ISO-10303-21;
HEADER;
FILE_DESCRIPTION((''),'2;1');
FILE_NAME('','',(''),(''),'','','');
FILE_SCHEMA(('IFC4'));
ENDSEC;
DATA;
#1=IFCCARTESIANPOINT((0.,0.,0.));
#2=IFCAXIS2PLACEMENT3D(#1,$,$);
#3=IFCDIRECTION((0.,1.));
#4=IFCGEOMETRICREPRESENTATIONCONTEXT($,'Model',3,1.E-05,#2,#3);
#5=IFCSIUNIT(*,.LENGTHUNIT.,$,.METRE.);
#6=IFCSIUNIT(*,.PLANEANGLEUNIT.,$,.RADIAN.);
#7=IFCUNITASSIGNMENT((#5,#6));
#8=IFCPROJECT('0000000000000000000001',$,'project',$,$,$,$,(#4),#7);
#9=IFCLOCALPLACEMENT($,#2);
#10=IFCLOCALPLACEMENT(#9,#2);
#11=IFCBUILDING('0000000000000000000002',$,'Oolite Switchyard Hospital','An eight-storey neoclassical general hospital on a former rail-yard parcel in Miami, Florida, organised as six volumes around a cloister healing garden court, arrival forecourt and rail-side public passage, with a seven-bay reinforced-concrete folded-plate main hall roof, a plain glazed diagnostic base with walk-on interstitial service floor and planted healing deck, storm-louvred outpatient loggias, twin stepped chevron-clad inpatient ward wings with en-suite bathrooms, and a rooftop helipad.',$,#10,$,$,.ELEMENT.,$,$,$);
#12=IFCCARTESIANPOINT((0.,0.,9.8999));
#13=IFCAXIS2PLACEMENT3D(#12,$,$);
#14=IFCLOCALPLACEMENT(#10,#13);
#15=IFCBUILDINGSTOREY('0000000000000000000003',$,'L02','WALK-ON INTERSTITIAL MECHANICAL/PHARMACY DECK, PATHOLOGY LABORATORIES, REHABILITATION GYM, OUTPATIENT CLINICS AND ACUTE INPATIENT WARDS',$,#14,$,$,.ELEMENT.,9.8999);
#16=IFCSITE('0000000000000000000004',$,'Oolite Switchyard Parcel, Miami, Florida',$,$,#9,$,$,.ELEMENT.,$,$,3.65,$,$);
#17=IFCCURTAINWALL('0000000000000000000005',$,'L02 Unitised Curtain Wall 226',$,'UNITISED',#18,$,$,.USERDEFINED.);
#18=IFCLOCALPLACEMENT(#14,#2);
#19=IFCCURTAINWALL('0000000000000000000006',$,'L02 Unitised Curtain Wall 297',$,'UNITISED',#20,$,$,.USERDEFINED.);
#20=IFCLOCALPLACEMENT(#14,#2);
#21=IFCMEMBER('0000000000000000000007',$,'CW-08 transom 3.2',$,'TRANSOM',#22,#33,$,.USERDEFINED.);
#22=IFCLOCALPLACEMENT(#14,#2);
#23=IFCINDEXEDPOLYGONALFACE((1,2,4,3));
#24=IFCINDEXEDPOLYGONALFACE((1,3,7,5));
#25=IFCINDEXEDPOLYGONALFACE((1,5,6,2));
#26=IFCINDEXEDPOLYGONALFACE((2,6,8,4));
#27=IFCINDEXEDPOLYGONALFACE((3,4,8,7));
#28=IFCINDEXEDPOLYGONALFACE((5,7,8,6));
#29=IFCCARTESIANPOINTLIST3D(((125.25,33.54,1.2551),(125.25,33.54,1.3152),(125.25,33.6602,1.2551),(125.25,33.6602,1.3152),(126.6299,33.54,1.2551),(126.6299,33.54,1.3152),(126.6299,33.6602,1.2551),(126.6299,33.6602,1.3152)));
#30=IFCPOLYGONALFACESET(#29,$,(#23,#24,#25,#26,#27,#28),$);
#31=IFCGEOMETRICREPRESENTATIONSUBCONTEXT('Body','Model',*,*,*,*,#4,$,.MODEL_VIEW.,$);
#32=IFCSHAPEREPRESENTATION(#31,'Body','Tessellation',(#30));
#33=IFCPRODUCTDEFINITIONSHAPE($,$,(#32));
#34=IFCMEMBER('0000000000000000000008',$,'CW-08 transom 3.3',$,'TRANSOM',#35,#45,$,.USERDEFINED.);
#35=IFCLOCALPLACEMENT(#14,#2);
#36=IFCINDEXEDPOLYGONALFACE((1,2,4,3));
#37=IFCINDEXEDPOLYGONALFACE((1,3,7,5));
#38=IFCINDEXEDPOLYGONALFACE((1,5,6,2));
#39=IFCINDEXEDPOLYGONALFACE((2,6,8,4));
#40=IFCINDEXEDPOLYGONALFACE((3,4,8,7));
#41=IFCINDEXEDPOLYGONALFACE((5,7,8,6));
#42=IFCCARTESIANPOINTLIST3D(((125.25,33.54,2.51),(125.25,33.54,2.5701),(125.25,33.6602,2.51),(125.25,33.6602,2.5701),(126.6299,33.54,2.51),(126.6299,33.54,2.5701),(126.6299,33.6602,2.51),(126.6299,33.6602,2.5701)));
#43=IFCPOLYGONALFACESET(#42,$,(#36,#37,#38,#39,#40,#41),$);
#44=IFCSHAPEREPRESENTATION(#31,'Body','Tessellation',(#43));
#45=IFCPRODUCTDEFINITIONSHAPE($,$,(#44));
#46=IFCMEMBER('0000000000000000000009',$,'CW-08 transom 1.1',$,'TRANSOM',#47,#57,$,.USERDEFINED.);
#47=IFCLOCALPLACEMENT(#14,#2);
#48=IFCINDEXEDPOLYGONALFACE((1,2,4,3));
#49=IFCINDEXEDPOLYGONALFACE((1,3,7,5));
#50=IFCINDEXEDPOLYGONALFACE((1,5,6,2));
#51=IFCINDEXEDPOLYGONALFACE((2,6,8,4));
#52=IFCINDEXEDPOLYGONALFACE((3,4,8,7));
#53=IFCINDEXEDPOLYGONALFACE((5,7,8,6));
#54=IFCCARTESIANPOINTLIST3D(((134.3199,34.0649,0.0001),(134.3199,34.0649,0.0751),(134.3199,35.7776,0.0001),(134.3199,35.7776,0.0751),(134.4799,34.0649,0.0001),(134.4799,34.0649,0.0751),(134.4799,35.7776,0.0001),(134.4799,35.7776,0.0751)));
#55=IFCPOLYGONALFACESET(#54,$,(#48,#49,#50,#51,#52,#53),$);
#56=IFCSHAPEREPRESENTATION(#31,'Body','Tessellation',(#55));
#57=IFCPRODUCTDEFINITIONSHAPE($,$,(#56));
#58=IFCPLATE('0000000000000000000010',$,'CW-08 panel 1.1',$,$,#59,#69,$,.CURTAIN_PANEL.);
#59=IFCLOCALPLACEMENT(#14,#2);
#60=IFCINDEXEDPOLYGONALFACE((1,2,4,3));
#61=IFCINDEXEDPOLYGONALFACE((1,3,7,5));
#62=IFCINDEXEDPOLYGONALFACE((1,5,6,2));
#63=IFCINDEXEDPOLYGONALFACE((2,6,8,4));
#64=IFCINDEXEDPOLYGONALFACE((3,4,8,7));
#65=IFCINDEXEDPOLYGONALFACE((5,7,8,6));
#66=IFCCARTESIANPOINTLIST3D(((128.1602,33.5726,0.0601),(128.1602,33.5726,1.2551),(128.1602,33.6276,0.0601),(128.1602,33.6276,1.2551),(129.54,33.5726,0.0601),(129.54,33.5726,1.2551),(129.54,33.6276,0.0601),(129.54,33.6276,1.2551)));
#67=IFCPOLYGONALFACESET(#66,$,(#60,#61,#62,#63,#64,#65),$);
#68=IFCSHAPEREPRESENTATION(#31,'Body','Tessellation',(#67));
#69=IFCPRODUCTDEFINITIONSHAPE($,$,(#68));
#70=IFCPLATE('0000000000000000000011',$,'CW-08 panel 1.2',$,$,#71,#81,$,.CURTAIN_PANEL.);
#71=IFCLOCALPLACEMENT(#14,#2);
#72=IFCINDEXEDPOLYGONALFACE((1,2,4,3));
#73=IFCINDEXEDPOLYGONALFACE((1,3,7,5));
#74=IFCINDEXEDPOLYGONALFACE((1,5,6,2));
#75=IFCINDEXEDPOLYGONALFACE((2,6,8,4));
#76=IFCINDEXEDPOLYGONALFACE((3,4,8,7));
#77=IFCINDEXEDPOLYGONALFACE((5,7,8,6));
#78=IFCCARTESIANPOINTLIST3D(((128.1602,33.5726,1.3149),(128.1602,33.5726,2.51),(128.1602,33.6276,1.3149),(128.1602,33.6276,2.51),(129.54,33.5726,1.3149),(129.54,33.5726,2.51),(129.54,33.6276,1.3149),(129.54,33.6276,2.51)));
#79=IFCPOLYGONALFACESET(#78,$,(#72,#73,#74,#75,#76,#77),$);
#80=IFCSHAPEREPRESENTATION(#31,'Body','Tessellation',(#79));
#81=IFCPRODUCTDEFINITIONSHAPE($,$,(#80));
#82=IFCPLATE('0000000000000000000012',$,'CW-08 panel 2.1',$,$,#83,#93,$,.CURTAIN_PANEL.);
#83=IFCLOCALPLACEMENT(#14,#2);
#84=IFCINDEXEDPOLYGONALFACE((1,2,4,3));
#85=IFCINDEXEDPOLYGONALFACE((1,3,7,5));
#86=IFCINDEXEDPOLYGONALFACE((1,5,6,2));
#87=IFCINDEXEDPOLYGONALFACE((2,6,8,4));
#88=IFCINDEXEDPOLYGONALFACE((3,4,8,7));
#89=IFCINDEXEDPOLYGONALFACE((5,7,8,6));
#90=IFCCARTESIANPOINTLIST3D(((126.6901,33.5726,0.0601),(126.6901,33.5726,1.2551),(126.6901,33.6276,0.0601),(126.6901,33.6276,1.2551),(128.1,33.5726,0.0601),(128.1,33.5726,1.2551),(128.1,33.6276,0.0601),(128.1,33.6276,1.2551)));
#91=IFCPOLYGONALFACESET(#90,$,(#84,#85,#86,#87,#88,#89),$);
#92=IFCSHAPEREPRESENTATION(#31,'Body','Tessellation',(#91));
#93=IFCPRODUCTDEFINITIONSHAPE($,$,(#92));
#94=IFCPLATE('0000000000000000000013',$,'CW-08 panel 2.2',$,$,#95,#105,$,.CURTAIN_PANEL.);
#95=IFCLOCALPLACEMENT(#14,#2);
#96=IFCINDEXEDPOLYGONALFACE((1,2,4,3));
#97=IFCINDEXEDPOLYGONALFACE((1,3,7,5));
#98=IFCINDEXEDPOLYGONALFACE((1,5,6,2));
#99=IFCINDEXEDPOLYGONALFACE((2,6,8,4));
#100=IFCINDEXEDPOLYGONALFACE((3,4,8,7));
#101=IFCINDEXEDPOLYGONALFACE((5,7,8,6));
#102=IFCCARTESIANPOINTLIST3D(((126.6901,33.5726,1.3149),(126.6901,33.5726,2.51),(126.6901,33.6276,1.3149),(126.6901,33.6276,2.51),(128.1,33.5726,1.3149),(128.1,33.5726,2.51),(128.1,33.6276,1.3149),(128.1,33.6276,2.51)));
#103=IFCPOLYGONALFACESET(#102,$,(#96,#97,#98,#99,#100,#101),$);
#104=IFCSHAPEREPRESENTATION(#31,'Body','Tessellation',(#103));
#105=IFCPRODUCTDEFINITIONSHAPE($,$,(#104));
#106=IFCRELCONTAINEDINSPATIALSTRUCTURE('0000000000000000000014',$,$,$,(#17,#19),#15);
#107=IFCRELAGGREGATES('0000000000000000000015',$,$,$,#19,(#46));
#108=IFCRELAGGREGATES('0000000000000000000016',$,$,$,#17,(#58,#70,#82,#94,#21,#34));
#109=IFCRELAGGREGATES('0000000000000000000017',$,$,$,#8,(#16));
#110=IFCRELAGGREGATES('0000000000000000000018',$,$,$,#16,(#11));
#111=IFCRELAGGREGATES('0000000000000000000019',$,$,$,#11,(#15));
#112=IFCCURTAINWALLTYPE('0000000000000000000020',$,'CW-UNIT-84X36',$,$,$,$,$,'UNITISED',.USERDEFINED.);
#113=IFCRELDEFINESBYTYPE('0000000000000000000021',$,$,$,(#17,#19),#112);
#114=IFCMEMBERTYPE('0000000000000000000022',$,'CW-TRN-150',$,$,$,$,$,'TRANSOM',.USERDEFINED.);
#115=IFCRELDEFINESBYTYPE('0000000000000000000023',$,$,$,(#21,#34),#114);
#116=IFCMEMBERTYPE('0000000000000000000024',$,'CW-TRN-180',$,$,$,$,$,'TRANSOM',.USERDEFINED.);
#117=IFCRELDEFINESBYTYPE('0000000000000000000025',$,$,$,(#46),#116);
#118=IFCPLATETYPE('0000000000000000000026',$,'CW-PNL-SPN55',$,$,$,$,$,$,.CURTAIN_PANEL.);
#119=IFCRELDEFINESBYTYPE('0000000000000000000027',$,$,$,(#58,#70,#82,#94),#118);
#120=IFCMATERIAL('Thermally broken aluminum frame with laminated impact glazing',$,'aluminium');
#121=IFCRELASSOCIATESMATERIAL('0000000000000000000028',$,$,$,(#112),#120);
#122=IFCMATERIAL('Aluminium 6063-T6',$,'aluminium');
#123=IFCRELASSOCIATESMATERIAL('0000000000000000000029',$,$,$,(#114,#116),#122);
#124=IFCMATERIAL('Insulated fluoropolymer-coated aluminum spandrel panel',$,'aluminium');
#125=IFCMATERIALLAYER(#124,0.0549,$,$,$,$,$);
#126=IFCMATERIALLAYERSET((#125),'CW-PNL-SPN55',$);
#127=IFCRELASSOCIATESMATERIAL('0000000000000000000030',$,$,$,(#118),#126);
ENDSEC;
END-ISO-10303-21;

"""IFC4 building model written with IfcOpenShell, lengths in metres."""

from ifc_helpers import new_model, si_unit, direction, frame, origin, origin_2d, place, context, subcontext, project, spatial, rectangle, extrude, material, layer, layer_set, material_profile, profile_set, type_object, element, aggregate, save


model = new_model("IFC4")

# Units and contexts
model_context = context("Model", 3, precision=1e-05, world=origin(), true_north=direction((0.0, 1.0)))
body_context = subcontext(model_context, "Body", "Model", "MODEL_VIEW")
ifc_project = project(units=[si_unit("LENGTHUNIT", "METRE"), si_unit("PLANEANGLEUNIT", "RADIAN")], contexts=[model_context])

# Site, building, storey
site_placement = place(None, origin())
site = spatial("IfcSite", under=ifc_project, at=site_placement, Name="Oolite Switchyard Parcel, Miami, Florida", CompositionType="ELEMENT", RefElevation=3.65)
building_placement = place(site_placement, origin())
building = spatial("IfcBuilding", under=site, at=building_placement, Name="Oolite Switchyard Hospital", Description="An eight-storey neoclassical general hospital on a former rail-yard parcel in Miami, Florida, organised as six volumes around a cloister healing garden court, arrival forecourt and rail-side public passage, with a seven-bay reinforced-concrete folded-plate main hall roof, a plain glazed diagnostic base with walk-on interstitial service floor and planted healing deck, storm-louvred outpatient loggias, twin stepped chevron-clad inpatient ward wings with en-suite bathrooms, and a rooftop helipad.", CompositionType="ELEMENT")
storey_placement = place(building_placement, frame((0.0, 0.0, 9.8999)))
storey = spatial("IfcBuildingStorey", under=building, at=storey_placement, Name="L02", Description="WALK-ON INTERSTITIAL MECHANICAL/PHARMACY DECK, PATHOLOGY LABORATORIES, REHABILITATION GYM, OUTPATIENT CLINICS AND ACUTE INPATIENT WARDS", CompositionType="ELEMENT", Elevation=9.8999)

# Curtain wall
ifc_material_1 = material(Name="Thermally broken aluminum frame with laminated impact glazing", Category="aluminium")
curtain_wall_type = type_object("IfcCurtainWallType", Name="CW-UNIT-84X36", ElementType="UNITISED", PredefinedType="USERDEFINED", material=ifc_material_1)
curtain_wall_1_placement = place(storey_placement, origin())
curtain_wall_1 = element("IfcCurtainWall", 1, at=curtain_wall_1_placement, inside=storey, type_object=curtain_wall_type, Name="L02 Unitised Curtain Wall 226", ObjectType="UNITISED", PredefinedType="USERDEFINED")
ifc_material_2 = material(Name="Aluminium 6063-T6", Category="aluminium")

# Curtain wall
curtain_wall_2_placement = place(storey_placement, origin())
curtain_wall_2 = element("IfcCurtainWall", 2, at=curtain_wall_2_placement, inside=storey, type_object=curtain_wall_type, Name="L02 Unitised Curtain Wall 297", ObjectType="UNITISED", PredefinedType="USERDEFINED")

# Members
ifc_material_profile_1 = material_profile(ifc_material_2, rectangle(XDim=0.1201, YDim=0.0601, at=origin_2d()), Name="CWT60X120")
ifc_profile_set_1 = profile_set([ifc_material_profile_1], Name="Aluminium 6063-T6")
member_type_1 = type_object("IfcMemberType", Name="CW-TRN-150", ElementType="TRANSOM", PredefinedType="USERDEFINED", material=ifc_profile_set_1)
member_1_placement = place(storey_placement, frame((126.6299, 33.6001, 1.2852), z_axis=(-1.0, 0.0, 0.0), x_axis=(0.0, -1.0, 0.0)))
member_1 = element("IfcMember", 3, at=member_1_placement, type_object=member_type_1, Name="CW-08 transom 3.2", ObjectType="TRANSOM", PredefinedType="USERDEFINED", context=body_context, shape_type="SweptSolid", body=[
    extrude(rectangle(XDim=0.1201, YDim=0.0601, at=origin_2d()), origin(), (0.0, 0.0, 1.0), 1.3799),
])
member_2_placement = place(storey_placement, frame((126.6299, 33.6001, 2.54), z_axis=(-1.0, 0.0, 0.0), x_axis=(0.0, -1.0, 0.0)))
member_2 = element("IfcMember", 4, at=member_2_placement, type_object=member_type_1, Name="CW-08 transom 3.3", ObjectType="TRANSOM", PredefinedType="USERDEFINED", context=body_context, shape_type="SweptSolid", body=[
    extrude(rectangle(XDim=0.1201, YDim=0.0601, at=origin_2d()), origin(), (0.0, 0.0, 1.0), 1.3799),
])
ifc_material_profile_2 = material_profile(ifc_material_2, rectangle(XDim=0.1599, YDim=0.075, at=origin_2d()), Name="CWT75X160")
ifc_profile_set_2 = profile_set([ifc_material_profile_2], Name="Aluminium 6063-T6")
member_type_2 = type_object("IfcMemberType", Name="CW-TRN-180", ElementType="TRANSOM", PredefinedType="USERDEFINED", material=ifc_profile_set_2)
member_3_placement = place(storey_placement, frame((134.3999, 34.0649, 0.0376), z_axis=(0.0, 1.0, 0.0), x_axis=(-1.0, 0.0, 0.0)))
member_3 = element("IfcMember", 5, at=member_3_placement, type_object=member_type_2, Name="CW-08 transom 1.1", ObjectType="TRANSOM", PredefinedType="USERDEFINED", context=body_context, shape_type="SweptSolid", body=[
    extrude(rectangle(XDim=0.1599, YDim=0.075, at=origin_2d()), origin(), (0.0, 0.0, 1.0), 1.7126),
])
aggregate(curtain_wall_2, [member_3])

# Plates
ifc_material_3 = material(Name="Insulated fluoropolymer-coated aluminum spandrel panel", Category="aluminium")
ifc_layer = layer(ifc_material_3, 0.0549)
ifc_layer_set = layer_set([ifc_layer], Name="CW-PNL-SPN55")
plate_type = type_object("IfcPlateType", Name="CW-PNL-SPN55", PredefinedType="CURTAIN_PANEL", material=ifc_layer_set)
plate_1_placement = place(storey_placement, frame((128.8501, 33.6001, 0.0601), z_axis=(0.0, 0.0, 1.0), x_axis=(-1.0, 0.0, 0.0)))
plate_1 = element("IfcPlate", 6, at=plate_1_placement, type_object=plate_type, Name="CW-08 panel 1.1", PredefinedType="CURTAIN_PANEL", context=body_context, shape_type="SweptSolid", body=[
    extrude(rectangle(XDim=1.3799, YDim=0.0549, at=origin_2d()), origin(), (0.0, 0.0, 1.0), 1.1951),
])
plate_2_placement = place(storey_placement, frame((128.8501, 33.6001, 1.3149), z_axis=(0.0, 0.0, 1.0), x_axis=(-1.0, 0.0, 0.0)))
plate_2 = element("IfcPlate", 7, at=plate_2_placement, type_object=plate_type, Name="CW-08 panel 1.2", PredefinedType="CURTAIN_PANEL", context=body_context, shape_type="SweptSolid", body=[
    extrude(rectangle(XDim=1.3799, YDim=0.0549, at=origin_2d()), origin(), (0.0, 0.0, 1.0), 1.1951),
])
plate_3_placement = place(storey_placement, frame((127.395, 33.6001, 0.0601), z_axis=(0.0, 0.0, 1.0), x_axis=(-1.0, 0.0, 0.0)))
plate_3 = element("IfcPlate", 8, at=plate_3_placement, type_object=plate_type, Name="CW-08 panel 2.1", PredefinedType="CURTAIN_PANEL", context=body_context, shape_type="SweptSolid", body=[
    extrude(rectangle(XDim=1.4099, YDim=0.0549, at=origin_2d()), origin(), (0.0, 0.0, 1.0), 1.1951),
])
plate_4_placement = place(storey_placement, frame((127.395, 33.6001, 1.3149), z_axis=(0.0, 0.0, 1.0), x_axis=(-1.0, 0.0, 0.0)))
plate_4 = element("IfcPlate", 9, at=plate_4_placement, type_object=plate_type, Name="CW-08 panel 2.2", PredefinedType="CURTAIN_PANEL", context=body_context, shape_type="SweptSolid", body=[
    extrude(rectangle(XDim=1.4099, YDim=0.0549, at=origin_2d()), origin(), (0.0, 0.0, 1.0), 1.1951),
])
aggregate(curtain_wall_1, [plate_1, plate_2, plate_3, plate_4, member_1, member_2])

save(model, "model.ifc")
